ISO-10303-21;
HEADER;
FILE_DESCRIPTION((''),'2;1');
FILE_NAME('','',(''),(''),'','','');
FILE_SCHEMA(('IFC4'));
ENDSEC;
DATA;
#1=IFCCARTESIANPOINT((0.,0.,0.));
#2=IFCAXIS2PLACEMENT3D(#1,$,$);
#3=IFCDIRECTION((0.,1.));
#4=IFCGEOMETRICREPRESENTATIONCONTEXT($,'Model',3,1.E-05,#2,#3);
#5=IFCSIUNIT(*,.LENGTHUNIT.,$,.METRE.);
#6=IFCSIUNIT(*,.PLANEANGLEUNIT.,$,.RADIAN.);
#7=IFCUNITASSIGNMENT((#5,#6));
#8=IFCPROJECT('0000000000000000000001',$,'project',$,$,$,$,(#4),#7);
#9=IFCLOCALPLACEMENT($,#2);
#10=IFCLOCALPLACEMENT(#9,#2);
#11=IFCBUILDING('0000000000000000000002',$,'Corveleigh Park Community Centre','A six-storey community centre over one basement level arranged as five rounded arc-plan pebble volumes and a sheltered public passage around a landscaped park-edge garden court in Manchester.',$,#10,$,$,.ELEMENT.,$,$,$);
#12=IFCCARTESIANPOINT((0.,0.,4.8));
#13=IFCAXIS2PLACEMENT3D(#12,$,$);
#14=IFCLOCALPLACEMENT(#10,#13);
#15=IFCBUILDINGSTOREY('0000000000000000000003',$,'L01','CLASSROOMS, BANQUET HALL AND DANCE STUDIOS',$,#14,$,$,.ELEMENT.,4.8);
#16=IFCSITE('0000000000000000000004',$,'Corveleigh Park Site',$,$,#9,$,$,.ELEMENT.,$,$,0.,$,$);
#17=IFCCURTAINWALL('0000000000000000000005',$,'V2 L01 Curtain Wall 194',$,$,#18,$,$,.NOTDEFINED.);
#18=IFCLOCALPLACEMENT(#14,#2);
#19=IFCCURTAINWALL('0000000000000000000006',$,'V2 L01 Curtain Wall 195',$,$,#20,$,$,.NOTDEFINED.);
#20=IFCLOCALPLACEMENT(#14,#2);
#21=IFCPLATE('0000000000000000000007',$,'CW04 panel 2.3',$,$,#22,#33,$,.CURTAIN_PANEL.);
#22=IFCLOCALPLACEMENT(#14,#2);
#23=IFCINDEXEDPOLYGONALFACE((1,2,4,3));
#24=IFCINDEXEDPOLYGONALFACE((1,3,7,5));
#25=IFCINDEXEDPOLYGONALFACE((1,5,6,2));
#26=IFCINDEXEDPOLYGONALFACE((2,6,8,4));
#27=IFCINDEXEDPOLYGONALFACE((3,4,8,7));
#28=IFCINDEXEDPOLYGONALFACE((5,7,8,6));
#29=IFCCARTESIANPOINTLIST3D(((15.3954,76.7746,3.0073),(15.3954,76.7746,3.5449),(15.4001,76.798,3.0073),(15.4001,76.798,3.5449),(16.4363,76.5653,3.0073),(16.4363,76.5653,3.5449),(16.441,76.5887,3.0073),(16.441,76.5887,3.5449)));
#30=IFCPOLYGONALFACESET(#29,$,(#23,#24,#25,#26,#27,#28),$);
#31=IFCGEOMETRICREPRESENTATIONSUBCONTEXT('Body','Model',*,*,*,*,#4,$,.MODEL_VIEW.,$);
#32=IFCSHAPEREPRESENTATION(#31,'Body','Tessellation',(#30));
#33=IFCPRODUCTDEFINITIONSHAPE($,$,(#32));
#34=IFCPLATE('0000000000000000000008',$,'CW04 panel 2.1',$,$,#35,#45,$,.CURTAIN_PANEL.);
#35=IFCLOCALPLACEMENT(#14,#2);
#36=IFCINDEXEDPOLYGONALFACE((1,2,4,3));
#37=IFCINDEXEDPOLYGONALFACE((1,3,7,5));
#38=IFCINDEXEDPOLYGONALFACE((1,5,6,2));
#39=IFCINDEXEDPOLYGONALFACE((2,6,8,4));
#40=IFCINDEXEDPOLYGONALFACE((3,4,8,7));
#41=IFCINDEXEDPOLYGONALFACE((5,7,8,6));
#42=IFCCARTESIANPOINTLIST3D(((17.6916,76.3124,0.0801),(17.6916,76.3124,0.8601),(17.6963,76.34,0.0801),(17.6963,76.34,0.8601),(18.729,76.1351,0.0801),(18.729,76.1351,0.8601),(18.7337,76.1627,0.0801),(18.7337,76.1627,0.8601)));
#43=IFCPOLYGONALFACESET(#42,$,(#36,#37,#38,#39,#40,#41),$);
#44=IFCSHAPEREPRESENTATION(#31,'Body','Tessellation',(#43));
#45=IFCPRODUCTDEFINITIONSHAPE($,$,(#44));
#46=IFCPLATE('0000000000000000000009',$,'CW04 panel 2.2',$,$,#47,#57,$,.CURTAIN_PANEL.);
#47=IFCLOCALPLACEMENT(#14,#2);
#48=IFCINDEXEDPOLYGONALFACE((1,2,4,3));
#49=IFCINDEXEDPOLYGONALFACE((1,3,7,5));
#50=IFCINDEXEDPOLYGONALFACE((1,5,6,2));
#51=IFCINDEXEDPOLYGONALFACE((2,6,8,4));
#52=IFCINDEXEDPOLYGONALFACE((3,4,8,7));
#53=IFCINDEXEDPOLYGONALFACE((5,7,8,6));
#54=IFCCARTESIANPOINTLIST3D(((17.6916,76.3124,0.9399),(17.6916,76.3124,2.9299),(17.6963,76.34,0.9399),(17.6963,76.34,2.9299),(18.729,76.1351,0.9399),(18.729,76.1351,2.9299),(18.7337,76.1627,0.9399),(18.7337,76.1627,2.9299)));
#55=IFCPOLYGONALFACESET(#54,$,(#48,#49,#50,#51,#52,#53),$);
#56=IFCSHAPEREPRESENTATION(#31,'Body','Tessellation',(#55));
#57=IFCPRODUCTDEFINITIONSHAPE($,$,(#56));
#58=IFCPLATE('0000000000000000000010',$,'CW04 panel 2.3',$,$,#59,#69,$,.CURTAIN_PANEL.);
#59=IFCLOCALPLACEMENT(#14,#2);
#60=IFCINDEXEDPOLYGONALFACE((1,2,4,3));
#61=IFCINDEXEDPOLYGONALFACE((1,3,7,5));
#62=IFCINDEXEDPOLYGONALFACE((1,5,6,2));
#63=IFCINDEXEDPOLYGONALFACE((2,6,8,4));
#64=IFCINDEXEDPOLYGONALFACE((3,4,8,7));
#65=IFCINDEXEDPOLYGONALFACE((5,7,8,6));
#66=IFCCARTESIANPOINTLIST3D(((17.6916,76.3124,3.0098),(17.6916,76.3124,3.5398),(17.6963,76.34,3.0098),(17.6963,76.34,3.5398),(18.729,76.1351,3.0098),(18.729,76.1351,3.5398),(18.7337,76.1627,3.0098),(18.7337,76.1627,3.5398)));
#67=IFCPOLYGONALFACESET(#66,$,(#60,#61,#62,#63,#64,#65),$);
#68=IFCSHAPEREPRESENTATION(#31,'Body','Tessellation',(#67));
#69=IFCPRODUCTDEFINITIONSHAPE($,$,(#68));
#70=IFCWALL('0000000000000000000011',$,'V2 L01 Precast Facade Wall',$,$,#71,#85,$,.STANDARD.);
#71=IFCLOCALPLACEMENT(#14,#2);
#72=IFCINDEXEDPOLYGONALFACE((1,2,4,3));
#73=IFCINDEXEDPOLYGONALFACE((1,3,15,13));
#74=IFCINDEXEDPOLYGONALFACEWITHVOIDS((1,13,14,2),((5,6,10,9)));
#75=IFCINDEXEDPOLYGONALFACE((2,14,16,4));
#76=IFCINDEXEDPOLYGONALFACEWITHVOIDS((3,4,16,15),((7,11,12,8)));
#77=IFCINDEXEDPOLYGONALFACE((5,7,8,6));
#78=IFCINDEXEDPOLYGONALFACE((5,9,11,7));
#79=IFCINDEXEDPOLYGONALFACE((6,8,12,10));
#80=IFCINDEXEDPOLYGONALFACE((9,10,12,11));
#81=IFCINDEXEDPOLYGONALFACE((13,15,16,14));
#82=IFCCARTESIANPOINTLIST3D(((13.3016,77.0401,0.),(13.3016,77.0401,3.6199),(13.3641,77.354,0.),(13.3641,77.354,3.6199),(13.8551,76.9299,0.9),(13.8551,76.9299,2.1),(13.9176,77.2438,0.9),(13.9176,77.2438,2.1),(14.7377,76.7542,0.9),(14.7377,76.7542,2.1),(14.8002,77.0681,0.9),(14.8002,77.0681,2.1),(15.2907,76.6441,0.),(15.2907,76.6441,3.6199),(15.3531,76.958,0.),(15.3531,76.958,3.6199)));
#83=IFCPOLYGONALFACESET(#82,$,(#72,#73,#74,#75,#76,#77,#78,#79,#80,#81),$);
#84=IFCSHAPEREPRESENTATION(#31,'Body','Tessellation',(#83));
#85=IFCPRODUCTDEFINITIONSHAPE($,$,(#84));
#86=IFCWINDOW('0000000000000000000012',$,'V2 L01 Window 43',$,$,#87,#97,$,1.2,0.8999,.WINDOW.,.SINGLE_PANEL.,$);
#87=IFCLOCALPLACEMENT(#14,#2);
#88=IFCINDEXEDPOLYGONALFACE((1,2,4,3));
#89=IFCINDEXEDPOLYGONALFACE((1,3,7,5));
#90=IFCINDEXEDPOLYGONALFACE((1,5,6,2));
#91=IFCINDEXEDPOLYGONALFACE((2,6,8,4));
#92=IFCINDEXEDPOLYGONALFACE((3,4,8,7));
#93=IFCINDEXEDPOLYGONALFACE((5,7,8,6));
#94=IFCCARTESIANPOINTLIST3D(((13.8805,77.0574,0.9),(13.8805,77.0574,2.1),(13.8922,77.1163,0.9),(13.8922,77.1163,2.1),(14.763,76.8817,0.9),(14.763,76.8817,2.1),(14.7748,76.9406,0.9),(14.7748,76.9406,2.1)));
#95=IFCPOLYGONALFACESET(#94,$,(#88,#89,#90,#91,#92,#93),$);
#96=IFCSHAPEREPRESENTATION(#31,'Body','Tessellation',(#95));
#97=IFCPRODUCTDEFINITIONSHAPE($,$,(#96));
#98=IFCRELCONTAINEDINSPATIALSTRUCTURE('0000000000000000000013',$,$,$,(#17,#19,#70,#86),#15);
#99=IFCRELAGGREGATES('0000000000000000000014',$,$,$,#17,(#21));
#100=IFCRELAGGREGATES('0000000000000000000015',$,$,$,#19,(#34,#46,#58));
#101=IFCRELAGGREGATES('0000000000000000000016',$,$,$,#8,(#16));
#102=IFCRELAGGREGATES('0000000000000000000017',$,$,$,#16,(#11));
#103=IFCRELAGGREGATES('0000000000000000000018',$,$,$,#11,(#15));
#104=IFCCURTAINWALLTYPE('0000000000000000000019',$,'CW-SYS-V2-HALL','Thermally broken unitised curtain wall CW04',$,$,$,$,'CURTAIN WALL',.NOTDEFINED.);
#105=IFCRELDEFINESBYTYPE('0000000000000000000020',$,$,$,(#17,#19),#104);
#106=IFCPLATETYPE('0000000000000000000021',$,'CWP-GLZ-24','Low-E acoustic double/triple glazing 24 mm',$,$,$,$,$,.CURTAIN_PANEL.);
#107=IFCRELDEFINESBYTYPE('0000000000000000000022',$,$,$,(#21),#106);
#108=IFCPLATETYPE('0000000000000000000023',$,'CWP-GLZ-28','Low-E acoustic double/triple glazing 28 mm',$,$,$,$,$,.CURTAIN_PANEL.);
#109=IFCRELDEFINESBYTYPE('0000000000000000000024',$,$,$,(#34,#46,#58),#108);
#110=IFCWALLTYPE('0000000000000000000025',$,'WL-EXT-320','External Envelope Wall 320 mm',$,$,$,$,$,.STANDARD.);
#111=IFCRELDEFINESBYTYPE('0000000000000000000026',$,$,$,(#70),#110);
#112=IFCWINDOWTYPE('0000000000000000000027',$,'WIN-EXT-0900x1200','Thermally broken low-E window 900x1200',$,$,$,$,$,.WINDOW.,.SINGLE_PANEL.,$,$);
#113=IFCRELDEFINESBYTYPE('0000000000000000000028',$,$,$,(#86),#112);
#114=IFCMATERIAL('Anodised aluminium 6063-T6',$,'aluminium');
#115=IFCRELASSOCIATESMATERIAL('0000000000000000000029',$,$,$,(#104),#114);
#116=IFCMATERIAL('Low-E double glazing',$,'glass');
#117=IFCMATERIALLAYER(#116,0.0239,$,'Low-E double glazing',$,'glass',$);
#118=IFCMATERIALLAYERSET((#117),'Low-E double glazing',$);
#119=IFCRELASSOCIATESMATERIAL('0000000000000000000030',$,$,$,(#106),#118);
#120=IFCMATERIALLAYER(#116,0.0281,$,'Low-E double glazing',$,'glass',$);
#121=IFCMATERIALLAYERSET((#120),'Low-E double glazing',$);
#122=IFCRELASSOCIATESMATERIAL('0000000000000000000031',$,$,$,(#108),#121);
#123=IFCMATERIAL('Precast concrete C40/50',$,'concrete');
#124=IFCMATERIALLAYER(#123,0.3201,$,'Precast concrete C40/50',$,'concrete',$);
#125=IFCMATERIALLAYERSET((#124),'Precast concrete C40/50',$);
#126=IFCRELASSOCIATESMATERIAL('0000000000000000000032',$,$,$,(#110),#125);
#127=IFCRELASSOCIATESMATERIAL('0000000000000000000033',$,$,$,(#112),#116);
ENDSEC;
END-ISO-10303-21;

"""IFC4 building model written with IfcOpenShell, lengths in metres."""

from ifc_helpers import new_model, si_unit, direction, frame, frame_2d, origin, origin_2d, place, context, subcontext, project, spatial, rectangle, extrude, material, layer, layer_set, type_object, element, fill, aggregate, save


model = new_model("IFC4")

# Units and contexts
model_context = context("Model", 3, precision=1e-05, world=origin(), true_north=direction((0.0, 1.0)))
body_context = subcontext(model_context, "Body", "Model", "MODEL_VIEW")
ifc_project = project(units=[si_unit("LENGTHUNIT", "METRE"), si_unit("PLANEANGLEUNIT", "RADIAN")], contexts=[model_context])

# Site, building, storey
site_placement = place(None, origin())
site = spatial("IfcSite", under=ifc_project, at=site_placement, Name="Corveleigh Park Site", CompositionType="ELEMENT", RefElevation=0.0)
building_placement = place(site_placement, origin())
building = spatial("IfcBuilding", under=site, at=building_placement, Name="Corveleigh Park Community Centre", Description="A six-storey community centre over one basement level arranged as five rounded arc-plan pebble volumes and a sheltered public passage around a landscaped park-edge garden court in Manchester.", CompositionType="ELEMENT")
storey_placement = place(building_placement, frame((0.0, 0.0, 4.8)))
storey = spatial("IfcBuildingStorey", under=building, at=storey_placement, Name="L01", Description="CLASSROOMS, BANQUET HALL AND DANCE STUDIOS", CompositionType="ELEMENT", Elevation=4.8)

# Curtain wall
ifc_material_1 = material(Name="Anodised aluminium 6063-T6", Category="aluminium")
curtain_wall_type = type_object("IfcCurtainWallType", Name="CW-SYS-V2-HALL", Description="Thermally broken unitised curtain wall CW04", ElementType="CURTAIN WALL", PredefinedType="NOTDEFINED", material=ifc_material_1)
curtain_wall_1_placement = place(storey_placement, origin())
curtain_wall_1 = element("IfcCurtainWall", 1, at=curtain_wall_1_placement, inside=storey, type_object=curtain_wall_type, Name="V2 L01 Curtain Wall 194", PredefinedType="NOTDEFINED")

# Curtain wall
curtain_wall_2_placement = place(storey_placement, origin())
curtain_wall_2 = element("IfcCurtainWall", 2, at=curtain_wall_2_placement, inside=storey, type_object=curtain_wall_type, Name="V2 L01 Curtain Wall 195", PredefinedType="NOTDEFINED")

# Plates
ifc_material_2 = material(Name="Low-E double glazing", Category="glass")
ifc_layer_1 = layer(ifc_material_2, 0.0239, Name="Low-E double glazing", Category="glass")
ifc_layer_set_1 = layer_set([ifc_layer_1], Name="Low-E double glazing")
plate_type_1 = type_object("IfcPlateType", Name="CWP-GLZ-24", Description="Low-E acoustic double/triple glazing 24 mm", PredefinedType="CURTAIN_PANEL", material=ifc_layer_set_1)
plate_1_placement = place(storey_placement, frame((15.9182, 76.6816, 3.0073), z_axis=(0.0, 0.0, 1.0), x_axis=(-0.980381, 0.197111, 0.0)))
plate_1 = element("IfcPlate", 3, at=plate_1_placement, type_object=plate_type_1, Name="CW04 panel 2.3", PredefinedType="CURTAIN_PANEL", context=body_context, shape_type="SweptSolid", body=[
    extrude(rectangle(XDim=1.0618, YDim=0.0239, at=origin_2d()), origin(), (0.0, 0.0, 1.0), 0.5376),
])
aggregate(curtain_wall_1, [plate_1])
ifc_layer_2 = layer(ifc_material_2, 0.0281, Name="Low-E double glazing", Category="glass")
ifc_layer_set_2 = layer_set([ifc_layer_2], Name="Low-E double glazing")
plate_type_2 = type_object("IfcPlateType", Name="CWP-GLZ-28", Description="Low-E acoustic double/triple glazing 28 mm", PredefinedType="CURTAIN_PANEL", material=ifc_layer_set_2)
plate_2_placement = place(storey_placement, frame((18.2126, 76.2375, 0.0801), z_axis=(0.0, 0.0, 1.0), x_axis=(-0.985708, 0.16846, 0.0)))
plate_2 = element("IfcPlate", 4, at=plate_2_placement, type_object=plate_type_2, Name="CW04 panel 2.1", PredefinedType="CURTAIN_PANEL", context=body_context, shape_type="SweptSolid", body=[
    extrude(rectangle(XDim=1.0525, YDim=0.0281, at=origin_2d()), origin(), (0.0, 0.0, 1.0), 0.78),
])
plate_3_placement = place(storey_placement, frame((18.2126, 76.2375, 0.9399), z_axis=(0.0, 0.0, 1.0), x_axis=(-0.985708, 0.16846, 0.0)))
plate_3 = element("IfcPlate", 5, at=plate_3_placement, type_object=plate_type_2, Name="CW04 panel 2.2", PredefinedType="CURTAIN_PANEL", context=body_context, shape_type="SweptSolid", body=[
    extrude(rectangle(XDim=1.0525, YDim=0.0281, at=origin_2d()), origin(), (0.0, 0.0, 1.0), 1.99),
])
plate_4_placement = place(storey_placement, frame((18.2126, 76.2375, 3.0098), z_axis=(0.0, 0.0, 1.0), x_axis=(-0.985708, 0.16846, 0.0)))
plate_4 = element("IfcPlate", 6, at=plate_4_placement, type_object=plate_type_2, Name="CW04 panel 2.3", PredefinedType="CURTAIN_PANEL", context=body_context, shape_type="SweptSolid", body=[
    extrude(rectangle(XDim=1.0525, YDim=0.0281, at=origin_2d()), origin(), (0.0, 0.0, 1.0), 0.53),
])
aggregate(curtain_wall_2, [plate_2, plate_3, plate_4])

# Wall, opening, window
ifc_material_3 = material(Name="Precast concrete C40/50", Category="concrete")
ifc_layer_3 = layer(ifc_material_3, 0.3201, Name="Precast concrete C40/50", Category="concrete")
ifc_layer_set_3 = layer_set([ifc_layer_3], Name="Precast concrete C40/50")
wall_type = type_object("IfcWallType", Name="WL-EXT-320", Description="External Envelope Wall 320 mm", PredefinedType="STANDARD", material=ifc_layer_set_3)
wall_placement = place(storey_placement, frame((15.322, 76.801, 0.0), z_axis=(0.0, 0.0, 1.0), x_axis=(-0.980752, 0.195259, 0.0)))
wall = element("IfcWall", 7, at=wall_placement, inside=storey, type_object=wall_type, Name="V2 L01 Precast Facade Wall", PredefinedType="STANDARD", context=body_context, shape_type="SweptSolid", body=[
    extrude(rectangle(XDim=2.0281, YDim=0.3201, at=frame_2d((1.0142, 0.0))), origin(), (0.0, 0.0, 1.0), 3.6199),
])
opening_placement = place(wall_placement, frame((0.564, 0.0, 0.8999)))
opening = element("IfcOpeningElement", 8, at=opening_placement, cuts=wall, PredefinedType="OPENING", context=body_context, shape_type="SweptSolid", body=[
    extrude(rectangle(XDim=0.8999, YDim=1.2, at=frame_2d((0.45, 0.6001))), frame((0.0, 0.1699, 0.0), z_axis=(0.0, -1.0, 0.0), x_axis=(1.0, 0.0, 0.0)), (0.0, 0.0, 1.0), 0.3401),
])
window_type = type_object("IfcWindowType", Name="WIN-EXT-0900x1200", Description="Thermally broken low-E window 900x1200", PartitioningType="SINGLE_PANEL", PredefinedType="WINDOW", material=ifc_material_2)
window_placement = place(opening_placement, origin())
window = element("IfcWindow", 9, at=window_placement, inside=storey, type_object=window_type, Name="V2 L01 Window 43", OverallHeight=1.2, OverallWidth=0.8999, PartitioningType="SINGLE_PANEL", PredefinedType="WINDOW", context=body_context, shape_type="SweptSolid", body=[
    extrude(rectangle(XDim=0.8999, YDim=1.2, at=frame_2d((0.45, 0.6001))), frame((0.0, 0.03, 0.0), z_axis=(0.0, -1.0, 0.0), x_axis=(1.0, 0.0, 0.0)), (0.0, 0.0, 1.0), 0.0601),
])
fill(opening, window)

save(model, "model.ifc")
